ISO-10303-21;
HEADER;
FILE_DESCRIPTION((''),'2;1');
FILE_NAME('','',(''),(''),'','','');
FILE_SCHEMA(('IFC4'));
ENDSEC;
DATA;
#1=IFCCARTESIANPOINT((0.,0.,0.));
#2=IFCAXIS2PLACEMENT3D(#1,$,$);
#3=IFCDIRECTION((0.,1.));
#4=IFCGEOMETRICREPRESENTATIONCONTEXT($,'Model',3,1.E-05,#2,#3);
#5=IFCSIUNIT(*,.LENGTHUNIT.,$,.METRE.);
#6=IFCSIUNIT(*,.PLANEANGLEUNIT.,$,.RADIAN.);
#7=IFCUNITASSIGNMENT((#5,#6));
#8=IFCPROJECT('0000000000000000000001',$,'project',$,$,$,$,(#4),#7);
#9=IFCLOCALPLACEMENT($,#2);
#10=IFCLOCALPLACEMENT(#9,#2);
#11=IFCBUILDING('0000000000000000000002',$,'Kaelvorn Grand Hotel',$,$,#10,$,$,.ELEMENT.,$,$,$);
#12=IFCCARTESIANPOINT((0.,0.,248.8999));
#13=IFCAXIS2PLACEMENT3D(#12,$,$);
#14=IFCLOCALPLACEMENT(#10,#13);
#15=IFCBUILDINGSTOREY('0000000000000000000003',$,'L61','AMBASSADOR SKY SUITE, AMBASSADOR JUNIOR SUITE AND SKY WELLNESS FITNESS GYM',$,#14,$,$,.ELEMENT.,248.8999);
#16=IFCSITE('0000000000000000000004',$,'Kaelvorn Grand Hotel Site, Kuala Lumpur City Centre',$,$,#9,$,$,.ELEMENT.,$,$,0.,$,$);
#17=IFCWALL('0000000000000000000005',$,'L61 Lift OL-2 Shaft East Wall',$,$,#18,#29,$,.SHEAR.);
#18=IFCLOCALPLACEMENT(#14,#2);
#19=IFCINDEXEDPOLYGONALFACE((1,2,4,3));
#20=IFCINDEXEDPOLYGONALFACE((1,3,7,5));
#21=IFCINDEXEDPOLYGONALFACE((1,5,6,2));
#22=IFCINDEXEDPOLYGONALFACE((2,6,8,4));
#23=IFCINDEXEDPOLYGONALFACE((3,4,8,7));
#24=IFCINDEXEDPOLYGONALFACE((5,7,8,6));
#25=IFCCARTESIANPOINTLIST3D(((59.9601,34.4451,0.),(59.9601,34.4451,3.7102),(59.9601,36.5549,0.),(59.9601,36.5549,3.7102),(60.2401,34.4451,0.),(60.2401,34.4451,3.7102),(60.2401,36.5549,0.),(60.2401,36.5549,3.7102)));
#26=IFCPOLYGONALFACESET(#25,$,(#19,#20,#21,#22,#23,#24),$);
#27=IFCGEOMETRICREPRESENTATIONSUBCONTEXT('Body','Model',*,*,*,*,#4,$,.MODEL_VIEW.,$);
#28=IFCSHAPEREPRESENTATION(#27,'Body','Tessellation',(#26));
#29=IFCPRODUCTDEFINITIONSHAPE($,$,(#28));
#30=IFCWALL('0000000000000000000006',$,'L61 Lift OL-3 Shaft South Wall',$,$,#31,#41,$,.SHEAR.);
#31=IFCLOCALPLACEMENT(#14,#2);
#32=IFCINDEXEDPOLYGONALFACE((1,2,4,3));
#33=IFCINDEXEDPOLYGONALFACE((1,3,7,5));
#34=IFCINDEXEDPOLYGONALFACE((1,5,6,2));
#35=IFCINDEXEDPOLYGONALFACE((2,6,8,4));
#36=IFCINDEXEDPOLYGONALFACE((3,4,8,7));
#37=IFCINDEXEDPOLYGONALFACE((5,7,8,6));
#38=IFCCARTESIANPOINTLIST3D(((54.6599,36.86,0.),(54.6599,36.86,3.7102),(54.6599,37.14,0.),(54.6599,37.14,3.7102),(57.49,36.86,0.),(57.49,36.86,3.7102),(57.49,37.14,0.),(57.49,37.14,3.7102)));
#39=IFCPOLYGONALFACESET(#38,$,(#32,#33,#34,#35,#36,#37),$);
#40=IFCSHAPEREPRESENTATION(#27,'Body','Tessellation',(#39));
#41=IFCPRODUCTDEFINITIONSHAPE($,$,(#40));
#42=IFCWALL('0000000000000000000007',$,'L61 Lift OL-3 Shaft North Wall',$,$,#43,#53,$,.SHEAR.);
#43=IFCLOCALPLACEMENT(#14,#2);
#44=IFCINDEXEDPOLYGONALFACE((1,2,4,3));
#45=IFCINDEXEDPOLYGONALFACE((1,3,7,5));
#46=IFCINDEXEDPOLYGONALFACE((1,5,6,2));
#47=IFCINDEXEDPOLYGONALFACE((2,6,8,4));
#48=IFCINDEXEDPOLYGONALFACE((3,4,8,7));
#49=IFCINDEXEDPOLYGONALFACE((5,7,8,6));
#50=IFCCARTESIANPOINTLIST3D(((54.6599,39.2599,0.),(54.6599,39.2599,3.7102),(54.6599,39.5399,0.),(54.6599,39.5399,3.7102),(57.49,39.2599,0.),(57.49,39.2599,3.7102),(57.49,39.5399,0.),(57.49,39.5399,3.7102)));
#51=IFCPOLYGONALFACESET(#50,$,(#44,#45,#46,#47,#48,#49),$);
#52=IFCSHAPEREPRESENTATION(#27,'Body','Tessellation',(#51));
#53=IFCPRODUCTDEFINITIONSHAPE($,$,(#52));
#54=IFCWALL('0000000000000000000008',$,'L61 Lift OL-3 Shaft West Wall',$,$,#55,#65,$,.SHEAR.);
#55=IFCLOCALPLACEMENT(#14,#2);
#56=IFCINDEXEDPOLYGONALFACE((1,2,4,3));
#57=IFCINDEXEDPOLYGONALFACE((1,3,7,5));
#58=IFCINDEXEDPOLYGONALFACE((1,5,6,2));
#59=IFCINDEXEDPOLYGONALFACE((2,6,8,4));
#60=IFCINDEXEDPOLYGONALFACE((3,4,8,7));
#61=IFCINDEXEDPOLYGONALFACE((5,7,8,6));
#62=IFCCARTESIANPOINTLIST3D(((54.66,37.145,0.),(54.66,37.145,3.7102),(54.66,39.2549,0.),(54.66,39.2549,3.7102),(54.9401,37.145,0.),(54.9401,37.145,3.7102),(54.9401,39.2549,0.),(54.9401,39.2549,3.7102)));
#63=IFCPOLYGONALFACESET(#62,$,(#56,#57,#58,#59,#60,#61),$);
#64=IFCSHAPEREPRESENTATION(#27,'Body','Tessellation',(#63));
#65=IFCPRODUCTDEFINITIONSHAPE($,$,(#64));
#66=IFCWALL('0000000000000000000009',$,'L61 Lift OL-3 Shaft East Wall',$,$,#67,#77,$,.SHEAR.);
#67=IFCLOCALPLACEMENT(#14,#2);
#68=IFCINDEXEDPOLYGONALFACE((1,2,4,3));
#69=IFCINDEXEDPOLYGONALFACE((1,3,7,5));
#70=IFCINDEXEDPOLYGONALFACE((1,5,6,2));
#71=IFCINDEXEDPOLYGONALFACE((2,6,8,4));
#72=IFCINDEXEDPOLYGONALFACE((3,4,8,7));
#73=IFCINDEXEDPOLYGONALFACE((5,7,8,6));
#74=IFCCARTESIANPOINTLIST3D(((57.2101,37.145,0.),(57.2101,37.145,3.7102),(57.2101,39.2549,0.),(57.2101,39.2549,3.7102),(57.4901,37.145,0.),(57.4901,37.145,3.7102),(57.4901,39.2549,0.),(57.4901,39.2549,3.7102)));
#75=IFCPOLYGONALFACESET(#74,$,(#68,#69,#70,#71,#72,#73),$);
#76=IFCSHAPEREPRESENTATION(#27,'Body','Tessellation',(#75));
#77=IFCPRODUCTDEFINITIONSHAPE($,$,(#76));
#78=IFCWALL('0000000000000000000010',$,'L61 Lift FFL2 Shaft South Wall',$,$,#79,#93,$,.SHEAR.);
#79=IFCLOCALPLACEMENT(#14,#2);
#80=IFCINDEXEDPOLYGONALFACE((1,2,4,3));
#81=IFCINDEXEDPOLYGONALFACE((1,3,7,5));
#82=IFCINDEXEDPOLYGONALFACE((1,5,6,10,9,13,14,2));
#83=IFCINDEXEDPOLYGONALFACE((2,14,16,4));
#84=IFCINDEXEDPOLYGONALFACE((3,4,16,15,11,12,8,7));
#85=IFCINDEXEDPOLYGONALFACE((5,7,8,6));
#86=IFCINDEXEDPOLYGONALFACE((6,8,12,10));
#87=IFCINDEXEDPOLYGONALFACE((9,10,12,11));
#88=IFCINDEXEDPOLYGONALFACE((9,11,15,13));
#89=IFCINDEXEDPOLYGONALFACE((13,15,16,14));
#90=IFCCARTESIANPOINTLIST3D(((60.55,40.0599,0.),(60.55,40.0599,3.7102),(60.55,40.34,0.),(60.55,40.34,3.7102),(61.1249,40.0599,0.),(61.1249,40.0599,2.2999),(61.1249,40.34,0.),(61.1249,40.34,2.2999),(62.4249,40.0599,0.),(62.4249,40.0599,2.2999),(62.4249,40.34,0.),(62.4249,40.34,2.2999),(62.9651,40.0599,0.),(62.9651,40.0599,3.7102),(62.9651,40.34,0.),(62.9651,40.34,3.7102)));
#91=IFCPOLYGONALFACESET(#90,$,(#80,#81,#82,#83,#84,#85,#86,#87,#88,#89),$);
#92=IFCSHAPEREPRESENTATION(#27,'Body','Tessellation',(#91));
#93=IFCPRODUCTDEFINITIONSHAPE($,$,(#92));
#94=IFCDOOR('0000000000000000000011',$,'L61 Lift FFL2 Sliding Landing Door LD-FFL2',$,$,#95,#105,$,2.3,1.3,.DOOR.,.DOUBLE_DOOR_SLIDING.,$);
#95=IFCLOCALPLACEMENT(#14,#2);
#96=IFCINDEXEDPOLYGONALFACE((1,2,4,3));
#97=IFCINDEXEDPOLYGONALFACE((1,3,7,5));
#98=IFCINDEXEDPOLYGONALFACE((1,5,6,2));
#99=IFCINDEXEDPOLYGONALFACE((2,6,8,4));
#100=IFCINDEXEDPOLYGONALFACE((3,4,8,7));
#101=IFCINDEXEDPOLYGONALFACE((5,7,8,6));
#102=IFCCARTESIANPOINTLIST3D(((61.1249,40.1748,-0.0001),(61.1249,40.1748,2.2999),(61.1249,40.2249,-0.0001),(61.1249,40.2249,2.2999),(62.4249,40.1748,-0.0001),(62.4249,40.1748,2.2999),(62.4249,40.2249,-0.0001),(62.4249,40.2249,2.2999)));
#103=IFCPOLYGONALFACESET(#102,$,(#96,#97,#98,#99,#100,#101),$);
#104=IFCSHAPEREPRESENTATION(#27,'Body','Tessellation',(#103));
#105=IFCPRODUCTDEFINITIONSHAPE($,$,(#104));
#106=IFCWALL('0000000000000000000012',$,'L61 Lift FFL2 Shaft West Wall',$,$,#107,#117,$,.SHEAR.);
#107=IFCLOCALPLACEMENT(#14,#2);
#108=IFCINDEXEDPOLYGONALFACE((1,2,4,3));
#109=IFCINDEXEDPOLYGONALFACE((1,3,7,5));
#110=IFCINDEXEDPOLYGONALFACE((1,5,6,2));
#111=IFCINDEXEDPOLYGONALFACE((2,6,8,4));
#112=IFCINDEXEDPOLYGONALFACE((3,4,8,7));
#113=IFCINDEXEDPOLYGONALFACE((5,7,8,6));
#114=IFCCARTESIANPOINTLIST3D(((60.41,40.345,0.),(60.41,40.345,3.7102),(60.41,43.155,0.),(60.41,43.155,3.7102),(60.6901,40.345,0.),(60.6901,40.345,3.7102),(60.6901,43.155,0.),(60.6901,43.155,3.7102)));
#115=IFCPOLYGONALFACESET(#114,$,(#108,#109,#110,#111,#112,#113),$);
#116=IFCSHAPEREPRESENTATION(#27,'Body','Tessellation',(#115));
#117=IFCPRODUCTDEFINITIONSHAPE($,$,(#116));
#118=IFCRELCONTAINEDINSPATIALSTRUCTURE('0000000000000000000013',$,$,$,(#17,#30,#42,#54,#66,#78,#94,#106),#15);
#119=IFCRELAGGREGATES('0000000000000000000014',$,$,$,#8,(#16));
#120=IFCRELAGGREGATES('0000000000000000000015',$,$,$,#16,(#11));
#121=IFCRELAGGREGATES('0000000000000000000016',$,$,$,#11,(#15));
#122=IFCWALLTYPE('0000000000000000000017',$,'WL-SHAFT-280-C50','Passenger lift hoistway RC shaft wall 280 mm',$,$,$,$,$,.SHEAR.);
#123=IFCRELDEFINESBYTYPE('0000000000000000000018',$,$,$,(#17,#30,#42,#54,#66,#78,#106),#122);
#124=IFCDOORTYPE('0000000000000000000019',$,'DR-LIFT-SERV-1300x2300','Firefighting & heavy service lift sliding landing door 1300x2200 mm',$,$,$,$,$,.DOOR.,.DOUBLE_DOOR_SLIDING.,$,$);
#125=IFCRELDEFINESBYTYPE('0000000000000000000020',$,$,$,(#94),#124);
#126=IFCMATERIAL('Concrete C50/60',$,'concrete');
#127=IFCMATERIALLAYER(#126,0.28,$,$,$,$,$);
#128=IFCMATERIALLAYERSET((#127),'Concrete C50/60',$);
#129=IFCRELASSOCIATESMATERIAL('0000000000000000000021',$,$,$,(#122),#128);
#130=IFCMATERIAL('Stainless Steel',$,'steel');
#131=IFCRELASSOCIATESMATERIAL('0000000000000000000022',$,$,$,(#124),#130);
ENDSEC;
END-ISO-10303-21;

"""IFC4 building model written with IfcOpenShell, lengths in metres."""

from ifc_helpers import new_model, si_unit, direction, frame, frame_2d, origin, place, context, subcontext, project, spatial, rectangle, extrude, material, layer, layer_set, type_object, element, fill, save


model = new_model("IFC4")

# Units and contexts
model_context = context("Model", 3, precision=1e-05, world=origin(), true_north=direction((0.0, 1.0)))
body_context = subcontext(model_context, "Body", "Model", "MODEL_VIEW")
ifc_project = project(units=[si_unit("LENGTHUNIT", "METRE"), si_unit("PLANEANGLEUNIT", "RADIAN")], contexts=[model_context])

# Site, building, storey
site_placement = place(None, origin())
site = spatial("IfcSite", under=ifc_project, at=site_placement, Name="Kaelvorn Grand Hotel Site, Kuala Lumpur City Centre", CompositionType="ELEMENT", RefElevation=0.0)
building_placement = place(site_placement, origin())
building = spatial("IfcBuilding", under=site, at=building_placement, Name="Kaelvorn Grand Hotel", CompositionType="ELEMENT")
storey_placement = place(building_placement, frame((0.0, 0.0, 248.8999)))
storey = spatial("IfcBuildingStorey", under=building, at=storey_placement, Name="L61", Description="AMBASSADOR SKY SUITE, AMBASSADOR JUNIOR SUITE AND SKY WELLNESS FITNESS GYM", CompositionType="ELEMENT", Elevation=248.8999)

# Shared definitions
ifc_material_1 = material(Name="Concrete C50/60", Category="concrete")

# Walls
ifc_layer_1 = layer(ifc_material_1, 0.28)
ifc_layer_set_1 = layer_set([ifc_layer_1], Name="Concrete C50/60")
wall_type_1 = type_object("IfcWallType", Name="WL-SHAFT-280-C50", Description="Passenger lift hoistway RC shaft wall 280 mm", PredefinedType="SHEAR", material=ifc_layer_set_1)
wall_1_placement = place(storey_placement, frame((60.1001, 34.4451, 0.0), z_axis=(0.0, 0.0, 1.0), x_axis=(0.0, 1.0, 0.0)))
element("IfcWall", 1, at=wall_1_placement, inside=storey, type_object=wall_type_1, Name="L61 Lift OL-2 Shaft East Wall", PredefinedType="SHEAR", context=body_context, shape_type="SweptSolid", body=[
    extrude(rectangle(XDim=2.1099, YDim=0.28, at=frame_2d((1.0549, 0.0))), origin(), (0.0, 0.0, 1.0), 3.7102),
])
for number, where, z_axis, x_axis, name in (
    (2, (54.6599, 37.0, 0.0), (0.0, 0.0, 1.0), (1.0, 0.0, 0.0), "L61 Lift OL-3 Shaft South Wall"),
    (3, (54.6599, 39.3999, 0.0), (0.0, 0.0, 1.0), (1.0, 0.0, 0.0), "L61 Lift OL-3 Shaft North Wall"),
):
    element("IfcWall", number, at=place(storey_placement, frame(where, z_axis=z_axis, x_axis=x_axis)), inside=storey, type_object=wall_type_1, Name=name, PredefinedType="SHEAR", context=body_context, shape_type="SweptSolid", body=[
        extrude(rectangle(XDim=2.8301, YDim=0.28, at=frame_2d((1.415, 0.0))), origin(), (0.0, 0.0, 1.0), 3.7102),
    ])
for number, where, z_axis, x_axis, name in (
    (4, (54.8, 37.145, 0.0), (0.0, 0.0, 1.0), (0.0, 1.0, 0.0), "L61 Lift OL-3 Shaft West Wall"),
    (5, (57.3501, 37.145, 0.0), (0.0, 0.0, 1.0), (0.0, 1.0, 0.0), "L61 Lift OL-3 Shaft East Wall"),
):
    element("IfcWall", number, at=place(storey_placement, frame(where, z_axis=z_axis, x_axis=x_axis)), inside=storey, type_object=wall_type_1, Name=name, PredefinedType="SHEAR", context=body_context, shape_type="SweptSolid", body=[
        extrude(rectangle(XDim=2.1099, YDim=0.28, at=frame_2d((1.0549, 0.0))), origin(), (0.0, 0.0, 1.0), 3.7102),
    ])

# Wall, opening, door
wall_2_placement = place(storey_placement, frame((60.55, 40.2, 0.0), z_axis=(0.0, 0.0, 1.0), x_axis=(1.0, 0.0, 0.0)))
wall_2 = element("IfcWall", 6, at=wall_2_placement, inside=storey, type_object=wall_type_1, Name="L61 Lift FFL2 Shaft South Wall", PredefinedType="SHEAR", context=body_context, shape_type="SweptSolid", body=[
    extrude(rectangle(XDim=2.415, YDim=0.28, at=frame_2d((1.2075, 0.0))), origin(), (0.0, 0.0, 1.0), 3.7102),
])
opening_1_placement = place(wall_2_placement, frame((0.575, 0.0, 0.0)))
opening_1 = element("IfcOpeningElement", 7, at=opening_1_placement, cuts=wall_2, PredefinedType="OPENING", context=body_context, shape_type="SweptSolid", body=[
    extrude(rectangle(XDim=1.3, YDim=2.3, at=frame_2d((0.6499, 1.1499))), frame((0.0, 0.1499, 0.0), z_axis=(0.0, -1.0, 0.0), x_axis=(1.0, 0.0, 0.0)), (0.0, 0.0, 1.0), 0.3),
])
ifc_material_2 = material(Name="Stainless Steel", Category="steel")
door_type_1 = type_object("IfcDoorType", Name="DR-LIFT-SERV-1300x2300", Description="Firefighting & heavy service lift sliding landing door 1300x2200 mm", OperationType="DOUBLE_DOOR_SLIDING", PredefinedType="DOOR", material=ifc_material_2)
door_1_placement = place(opening_1_placement, origin())
door_1 = element("IfcDoor", 8, at=door_1_placement, inside=storey, type_object=door_type_1, Name="L61 Lift FFL2 Sliding Landing Door LD-FFL2", OperationType="DOUBLE_DOOR_SLIDING", OverallHeight=2.3, OverallWidth=1.3, PredefinedType="DOOR", context=body_context, shape_type="SweptSolid", body=[
    extrude(rectangle(XDim=1.3, YDim=2.3, at=frame_2d((0.6499, 1.1499))), frame((0.0, 0.0249, 0.0), z_axis=(0.0, -1.0, 0.0), x_axis=(1.0, 0.0, 0.0)), (0.0, 0.0, 1.0), 0.05),
])
fill(opening_1, door_1)

# Wall
wall_3_placement = place(storey_placement, frame((60.55, 40.345, 0.0), z_axis=(0.0, 0.0, 1.0), x_axis=(0.0, 1.0, 0.0)))
element("IfcWall", 9, at=wall_3_placement, inside=storey, type_object=wall_type_1, Name="L61 Lift FFL2 Shaft West Wall", PredefinedType="SHEAR", context=body_context, shape_type="SweptSolid", body=[
    extrude(rectangle(XDim=2.8101, YDim=0.28, at=frame_2d((1.405, 0.0))), origin(), (0.0, 0.0, 1.0), 3.7102),
])

save(model, "model.ifc")
